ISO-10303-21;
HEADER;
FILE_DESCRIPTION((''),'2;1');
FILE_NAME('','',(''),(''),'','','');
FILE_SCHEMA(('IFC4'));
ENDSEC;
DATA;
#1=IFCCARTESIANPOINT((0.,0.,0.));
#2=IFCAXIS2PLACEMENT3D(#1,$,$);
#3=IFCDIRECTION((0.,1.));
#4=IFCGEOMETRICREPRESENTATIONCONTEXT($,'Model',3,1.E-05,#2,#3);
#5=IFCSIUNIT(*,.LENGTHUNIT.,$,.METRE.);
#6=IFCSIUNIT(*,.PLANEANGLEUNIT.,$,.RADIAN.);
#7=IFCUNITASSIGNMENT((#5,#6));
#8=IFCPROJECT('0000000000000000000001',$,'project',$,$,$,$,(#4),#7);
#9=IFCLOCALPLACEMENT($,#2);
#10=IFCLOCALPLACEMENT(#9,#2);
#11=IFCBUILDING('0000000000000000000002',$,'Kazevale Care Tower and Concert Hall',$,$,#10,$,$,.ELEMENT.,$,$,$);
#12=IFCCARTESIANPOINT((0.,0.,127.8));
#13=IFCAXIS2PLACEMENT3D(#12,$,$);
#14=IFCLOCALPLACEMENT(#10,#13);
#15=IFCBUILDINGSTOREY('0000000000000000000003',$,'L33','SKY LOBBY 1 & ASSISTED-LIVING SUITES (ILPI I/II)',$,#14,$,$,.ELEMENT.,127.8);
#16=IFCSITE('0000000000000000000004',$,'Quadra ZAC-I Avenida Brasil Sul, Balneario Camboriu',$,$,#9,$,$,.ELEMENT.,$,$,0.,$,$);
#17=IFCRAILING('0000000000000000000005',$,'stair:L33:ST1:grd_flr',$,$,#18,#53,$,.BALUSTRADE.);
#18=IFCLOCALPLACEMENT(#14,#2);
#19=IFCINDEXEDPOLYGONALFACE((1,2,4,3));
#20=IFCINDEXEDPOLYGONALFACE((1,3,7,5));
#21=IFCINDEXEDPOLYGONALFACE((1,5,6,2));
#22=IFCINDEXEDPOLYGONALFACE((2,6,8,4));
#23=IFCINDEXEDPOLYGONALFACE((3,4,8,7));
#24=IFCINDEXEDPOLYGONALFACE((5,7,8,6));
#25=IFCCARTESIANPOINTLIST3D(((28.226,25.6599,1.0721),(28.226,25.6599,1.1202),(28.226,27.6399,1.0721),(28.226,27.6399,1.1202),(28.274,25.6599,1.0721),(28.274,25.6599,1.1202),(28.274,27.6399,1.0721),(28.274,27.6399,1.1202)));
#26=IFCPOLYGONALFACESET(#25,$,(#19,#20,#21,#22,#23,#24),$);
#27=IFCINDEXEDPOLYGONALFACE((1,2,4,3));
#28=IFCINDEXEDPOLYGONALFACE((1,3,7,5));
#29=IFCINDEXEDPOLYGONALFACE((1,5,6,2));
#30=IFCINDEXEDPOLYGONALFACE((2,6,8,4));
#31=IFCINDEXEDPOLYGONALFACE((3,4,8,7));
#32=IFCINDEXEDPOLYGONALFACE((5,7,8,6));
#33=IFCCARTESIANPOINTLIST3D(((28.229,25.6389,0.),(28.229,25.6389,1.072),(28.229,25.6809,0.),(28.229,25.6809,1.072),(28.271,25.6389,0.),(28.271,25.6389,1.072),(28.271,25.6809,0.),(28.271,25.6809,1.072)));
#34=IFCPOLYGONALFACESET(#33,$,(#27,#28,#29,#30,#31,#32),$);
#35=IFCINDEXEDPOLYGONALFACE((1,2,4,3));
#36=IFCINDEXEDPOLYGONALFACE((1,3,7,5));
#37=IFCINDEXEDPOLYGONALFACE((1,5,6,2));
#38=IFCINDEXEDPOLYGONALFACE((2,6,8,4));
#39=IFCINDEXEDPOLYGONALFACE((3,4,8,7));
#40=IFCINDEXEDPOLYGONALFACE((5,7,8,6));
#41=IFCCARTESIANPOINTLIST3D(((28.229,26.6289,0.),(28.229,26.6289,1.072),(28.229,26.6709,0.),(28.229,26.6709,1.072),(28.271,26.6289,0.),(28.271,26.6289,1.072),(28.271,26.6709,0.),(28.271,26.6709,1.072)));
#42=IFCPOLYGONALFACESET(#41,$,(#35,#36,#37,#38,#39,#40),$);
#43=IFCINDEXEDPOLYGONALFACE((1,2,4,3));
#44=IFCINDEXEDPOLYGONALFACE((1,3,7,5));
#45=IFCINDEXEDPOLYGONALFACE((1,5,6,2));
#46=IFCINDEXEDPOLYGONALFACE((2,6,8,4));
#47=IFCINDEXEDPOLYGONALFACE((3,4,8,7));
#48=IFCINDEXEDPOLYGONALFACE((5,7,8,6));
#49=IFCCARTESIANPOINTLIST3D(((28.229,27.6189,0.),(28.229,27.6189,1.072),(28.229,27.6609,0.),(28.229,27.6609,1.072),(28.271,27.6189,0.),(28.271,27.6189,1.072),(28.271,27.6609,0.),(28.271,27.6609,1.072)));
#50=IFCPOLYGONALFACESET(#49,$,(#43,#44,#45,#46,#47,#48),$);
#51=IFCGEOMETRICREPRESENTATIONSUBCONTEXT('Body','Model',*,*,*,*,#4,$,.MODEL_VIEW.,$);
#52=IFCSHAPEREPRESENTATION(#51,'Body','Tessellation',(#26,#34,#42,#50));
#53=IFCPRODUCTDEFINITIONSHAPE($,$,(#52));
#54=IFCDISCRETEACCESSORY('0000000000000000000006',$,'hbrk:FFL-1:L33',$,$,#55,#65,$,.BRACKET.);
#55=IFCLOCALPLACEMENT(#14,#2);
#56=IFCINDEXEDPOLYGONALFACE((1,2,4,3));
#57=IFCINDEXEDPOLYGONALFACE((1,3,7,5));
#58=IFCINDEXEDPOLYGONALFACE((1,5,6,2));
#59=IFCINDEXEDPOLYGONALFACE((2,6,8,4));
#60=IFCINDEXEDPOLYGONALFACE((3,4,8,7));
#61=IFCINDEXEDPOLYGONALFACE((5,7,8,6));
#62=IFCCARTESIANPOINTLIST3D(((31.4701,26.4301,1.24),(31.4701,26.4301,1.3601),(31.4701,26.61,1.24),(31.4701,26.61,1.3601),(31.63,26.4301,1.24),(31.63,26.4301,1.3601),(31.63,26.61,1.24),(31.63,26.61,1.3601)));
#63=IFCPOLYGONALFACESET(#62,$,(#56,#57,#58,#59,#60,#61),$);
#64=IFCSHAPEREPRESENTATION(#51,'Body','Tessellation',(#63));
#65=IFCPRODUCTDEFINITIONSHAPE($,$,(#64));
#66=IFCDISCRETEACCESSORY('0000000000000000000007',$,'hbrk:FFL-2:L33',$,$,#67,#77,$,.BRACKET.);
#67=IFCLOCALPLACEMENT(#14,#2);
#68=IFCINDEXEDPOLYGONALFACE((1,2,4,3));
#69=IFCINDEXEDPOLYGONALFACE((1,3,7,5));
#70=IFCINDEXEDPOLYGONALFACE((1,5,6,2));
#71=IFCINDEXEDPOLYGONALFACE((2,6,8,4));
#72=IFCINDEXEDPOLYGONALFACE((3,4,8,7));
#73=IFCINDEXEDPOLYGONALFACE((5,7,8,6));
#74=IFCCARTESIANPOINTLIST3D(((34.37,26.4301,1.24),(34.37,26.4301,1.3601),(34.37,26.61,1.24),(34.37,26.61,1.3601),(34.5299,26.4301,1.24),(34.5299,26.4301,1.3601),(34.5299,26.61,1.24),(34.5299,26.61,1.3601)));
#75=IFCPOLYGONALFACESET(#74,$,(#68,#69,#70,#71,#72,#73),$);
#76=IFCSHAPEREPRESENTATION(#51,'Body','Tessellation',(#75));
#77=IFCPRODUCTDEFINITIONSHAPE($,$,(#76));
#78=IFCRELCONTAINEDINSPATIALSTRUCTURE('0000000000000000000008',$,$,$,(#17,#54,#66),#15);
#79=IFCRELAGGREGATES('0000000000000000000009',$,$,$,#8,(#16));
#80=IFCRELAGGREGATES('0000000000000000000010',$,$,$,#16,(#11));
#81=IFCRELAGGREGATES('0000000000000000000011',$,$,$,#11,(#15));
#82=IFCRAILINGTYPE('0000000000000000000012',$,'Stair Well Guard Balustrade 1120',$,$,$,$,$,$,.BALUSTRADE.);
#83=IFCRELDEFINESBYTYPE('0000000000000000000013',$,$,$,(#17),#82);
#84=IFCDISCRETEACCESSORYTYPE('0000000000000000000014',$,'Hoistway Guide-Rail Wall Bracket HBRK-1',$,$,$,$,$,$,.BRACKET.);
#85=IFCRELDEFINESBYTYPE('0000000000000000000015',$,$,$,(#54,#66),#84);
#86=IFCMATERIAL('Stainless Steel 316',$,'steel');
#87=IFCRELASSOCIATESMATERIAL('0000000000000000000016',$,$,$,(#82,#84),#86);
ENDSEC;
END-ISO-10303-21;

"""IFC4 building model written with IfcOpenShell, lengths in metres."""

from ifc_helpers import new_model, si_unit, direction, frame, origin, origin_2d, place, context, subcontext, project, spatial, rectangle, extrude, material, type_object, element, save


model = new_model("IFC4")

# Units and contexts
model_context = context("Model", 3, precision=1e-05, world=origin(), true_north=direction((0.0, 1.0)))
body_context = subcontext(model_context, "Body", "Model", "MODEL_VIEW")
ifc_project = project(units=[si_unit("LENGTHUNIT", "METRE"), si_unit("PLANEANGLEUNIT", "RADIAN")], contexts=[model_context])

# Site, building, storey
site_placement = place(None, origin())
site = spatial("IfcSite", under=ifc_project, at=site_placement, Name="Quadra ZAC-I Avenida Brasil Sul, Balneario Camboriu", CompositionType="ELEMENT", RefElevation=0.0)
building_placement = place(site_placement, origin())
building = spatial("IfcBuilding", under=site, at=building_placement, Name="Kazevale Care Tower and Concert Hall", CompositionType="ELEMENT")
storey_placement = place(building_placement, frame((0.0, 0.0, 127.8)))
storey = spatial("IfcBuildingStorey", under=building, at=storey_placement, Name="L33", Description="SKY LOBBY 1 & ASSISTED-LIVING SUITES (ILPI I/II)", CompositionType="ELEMENT", Elevation=127.8)

# Shared definitions
ifc_material_1 = material(Name="Stainless Steel 316", Category="steel")

# Railing
railing_type_1 = type_object("IfcRailingType", Name="Stair Well Guard Balustrade 1120", PredefinedType="BALUSTRADE", material=ifc_material_1)
railing_1_placement = place(storey_placement, frame((28.25, 25.6599, 0.0)))
element("IfcRailing", 1, at=railing_1_placement, inside=storey, type_object=railing_type_1, Name="stair:L33:ST1:grd_flr", PredefinedType="BALUSTRADE", context=body_context, shape_type="SweptSolid", body=[
    extrude(rectangle(XDim=0.0481, YDim=0.0481, at=origin_2d()), frame((0.0, 0.0, 1.0962), z_axis=(0.0, 1.0, 0.0), x_axis=(-1.0, 0.0, 0.0)), (0.0, 0.0, 1.0), 1.98),
    extrude(rectangle(XDim=0.042, YDim=0.042, at=origin_2d()), origin(), (0.0, 0.0, 1.0), 1.072),
    extrude(rectangle(XDim=0.042, YDim=0.042, at=origin_2d()), frame((0.0, 0.99, 0.0)), (0.0, 0.0, 1.0), 1.072),
    extrude(rectangle(XDim=0.042, YDim=0.042, at=origin_2d()), frame((0.0, 1.98, 0.0)), (0.0, 0.0, 1.0), 1.072),
])

# Discrete accessories
discrete_accessory_type = type_object("IfcDiscreteAccessoryType", Name="Hoistway Guide-Rail Wall Bracket HBRK-1", PredefinedType="BRACKET", material=ifc_material_1)
for number, where, z_axis, x_axis, name in (
    (2, (31.55, 26.52, 1.24), (0.0, 0.0, 1.0), (1.0, 0.0, 0.0), "hbrk:FFL-1:L33"),
    (3, (34.45, 26.52, 1.24), (0.0, 0.0, 1.0), (1.0, 0.0, 0.0), "hbrk:FFL-2:L33"),
):
    element("IfcDiscreteAccessory", number, at=place(storey_placement, frame(where, z_axis=z_axis, x_axis=x_axis)), inside=storey, type_object=discrete_accessory_type, Name=name, PredefinedType="BRACKET", context=body_context, shape_type="SweptSolid", body=[
        extrude(rectangle(XDim=0.1599, YDim=0.1799, at=origin_2d()), origin(), (0.0, 0.0, 1.0), 0.1201),
    ])

save(model, "model.ifc")
